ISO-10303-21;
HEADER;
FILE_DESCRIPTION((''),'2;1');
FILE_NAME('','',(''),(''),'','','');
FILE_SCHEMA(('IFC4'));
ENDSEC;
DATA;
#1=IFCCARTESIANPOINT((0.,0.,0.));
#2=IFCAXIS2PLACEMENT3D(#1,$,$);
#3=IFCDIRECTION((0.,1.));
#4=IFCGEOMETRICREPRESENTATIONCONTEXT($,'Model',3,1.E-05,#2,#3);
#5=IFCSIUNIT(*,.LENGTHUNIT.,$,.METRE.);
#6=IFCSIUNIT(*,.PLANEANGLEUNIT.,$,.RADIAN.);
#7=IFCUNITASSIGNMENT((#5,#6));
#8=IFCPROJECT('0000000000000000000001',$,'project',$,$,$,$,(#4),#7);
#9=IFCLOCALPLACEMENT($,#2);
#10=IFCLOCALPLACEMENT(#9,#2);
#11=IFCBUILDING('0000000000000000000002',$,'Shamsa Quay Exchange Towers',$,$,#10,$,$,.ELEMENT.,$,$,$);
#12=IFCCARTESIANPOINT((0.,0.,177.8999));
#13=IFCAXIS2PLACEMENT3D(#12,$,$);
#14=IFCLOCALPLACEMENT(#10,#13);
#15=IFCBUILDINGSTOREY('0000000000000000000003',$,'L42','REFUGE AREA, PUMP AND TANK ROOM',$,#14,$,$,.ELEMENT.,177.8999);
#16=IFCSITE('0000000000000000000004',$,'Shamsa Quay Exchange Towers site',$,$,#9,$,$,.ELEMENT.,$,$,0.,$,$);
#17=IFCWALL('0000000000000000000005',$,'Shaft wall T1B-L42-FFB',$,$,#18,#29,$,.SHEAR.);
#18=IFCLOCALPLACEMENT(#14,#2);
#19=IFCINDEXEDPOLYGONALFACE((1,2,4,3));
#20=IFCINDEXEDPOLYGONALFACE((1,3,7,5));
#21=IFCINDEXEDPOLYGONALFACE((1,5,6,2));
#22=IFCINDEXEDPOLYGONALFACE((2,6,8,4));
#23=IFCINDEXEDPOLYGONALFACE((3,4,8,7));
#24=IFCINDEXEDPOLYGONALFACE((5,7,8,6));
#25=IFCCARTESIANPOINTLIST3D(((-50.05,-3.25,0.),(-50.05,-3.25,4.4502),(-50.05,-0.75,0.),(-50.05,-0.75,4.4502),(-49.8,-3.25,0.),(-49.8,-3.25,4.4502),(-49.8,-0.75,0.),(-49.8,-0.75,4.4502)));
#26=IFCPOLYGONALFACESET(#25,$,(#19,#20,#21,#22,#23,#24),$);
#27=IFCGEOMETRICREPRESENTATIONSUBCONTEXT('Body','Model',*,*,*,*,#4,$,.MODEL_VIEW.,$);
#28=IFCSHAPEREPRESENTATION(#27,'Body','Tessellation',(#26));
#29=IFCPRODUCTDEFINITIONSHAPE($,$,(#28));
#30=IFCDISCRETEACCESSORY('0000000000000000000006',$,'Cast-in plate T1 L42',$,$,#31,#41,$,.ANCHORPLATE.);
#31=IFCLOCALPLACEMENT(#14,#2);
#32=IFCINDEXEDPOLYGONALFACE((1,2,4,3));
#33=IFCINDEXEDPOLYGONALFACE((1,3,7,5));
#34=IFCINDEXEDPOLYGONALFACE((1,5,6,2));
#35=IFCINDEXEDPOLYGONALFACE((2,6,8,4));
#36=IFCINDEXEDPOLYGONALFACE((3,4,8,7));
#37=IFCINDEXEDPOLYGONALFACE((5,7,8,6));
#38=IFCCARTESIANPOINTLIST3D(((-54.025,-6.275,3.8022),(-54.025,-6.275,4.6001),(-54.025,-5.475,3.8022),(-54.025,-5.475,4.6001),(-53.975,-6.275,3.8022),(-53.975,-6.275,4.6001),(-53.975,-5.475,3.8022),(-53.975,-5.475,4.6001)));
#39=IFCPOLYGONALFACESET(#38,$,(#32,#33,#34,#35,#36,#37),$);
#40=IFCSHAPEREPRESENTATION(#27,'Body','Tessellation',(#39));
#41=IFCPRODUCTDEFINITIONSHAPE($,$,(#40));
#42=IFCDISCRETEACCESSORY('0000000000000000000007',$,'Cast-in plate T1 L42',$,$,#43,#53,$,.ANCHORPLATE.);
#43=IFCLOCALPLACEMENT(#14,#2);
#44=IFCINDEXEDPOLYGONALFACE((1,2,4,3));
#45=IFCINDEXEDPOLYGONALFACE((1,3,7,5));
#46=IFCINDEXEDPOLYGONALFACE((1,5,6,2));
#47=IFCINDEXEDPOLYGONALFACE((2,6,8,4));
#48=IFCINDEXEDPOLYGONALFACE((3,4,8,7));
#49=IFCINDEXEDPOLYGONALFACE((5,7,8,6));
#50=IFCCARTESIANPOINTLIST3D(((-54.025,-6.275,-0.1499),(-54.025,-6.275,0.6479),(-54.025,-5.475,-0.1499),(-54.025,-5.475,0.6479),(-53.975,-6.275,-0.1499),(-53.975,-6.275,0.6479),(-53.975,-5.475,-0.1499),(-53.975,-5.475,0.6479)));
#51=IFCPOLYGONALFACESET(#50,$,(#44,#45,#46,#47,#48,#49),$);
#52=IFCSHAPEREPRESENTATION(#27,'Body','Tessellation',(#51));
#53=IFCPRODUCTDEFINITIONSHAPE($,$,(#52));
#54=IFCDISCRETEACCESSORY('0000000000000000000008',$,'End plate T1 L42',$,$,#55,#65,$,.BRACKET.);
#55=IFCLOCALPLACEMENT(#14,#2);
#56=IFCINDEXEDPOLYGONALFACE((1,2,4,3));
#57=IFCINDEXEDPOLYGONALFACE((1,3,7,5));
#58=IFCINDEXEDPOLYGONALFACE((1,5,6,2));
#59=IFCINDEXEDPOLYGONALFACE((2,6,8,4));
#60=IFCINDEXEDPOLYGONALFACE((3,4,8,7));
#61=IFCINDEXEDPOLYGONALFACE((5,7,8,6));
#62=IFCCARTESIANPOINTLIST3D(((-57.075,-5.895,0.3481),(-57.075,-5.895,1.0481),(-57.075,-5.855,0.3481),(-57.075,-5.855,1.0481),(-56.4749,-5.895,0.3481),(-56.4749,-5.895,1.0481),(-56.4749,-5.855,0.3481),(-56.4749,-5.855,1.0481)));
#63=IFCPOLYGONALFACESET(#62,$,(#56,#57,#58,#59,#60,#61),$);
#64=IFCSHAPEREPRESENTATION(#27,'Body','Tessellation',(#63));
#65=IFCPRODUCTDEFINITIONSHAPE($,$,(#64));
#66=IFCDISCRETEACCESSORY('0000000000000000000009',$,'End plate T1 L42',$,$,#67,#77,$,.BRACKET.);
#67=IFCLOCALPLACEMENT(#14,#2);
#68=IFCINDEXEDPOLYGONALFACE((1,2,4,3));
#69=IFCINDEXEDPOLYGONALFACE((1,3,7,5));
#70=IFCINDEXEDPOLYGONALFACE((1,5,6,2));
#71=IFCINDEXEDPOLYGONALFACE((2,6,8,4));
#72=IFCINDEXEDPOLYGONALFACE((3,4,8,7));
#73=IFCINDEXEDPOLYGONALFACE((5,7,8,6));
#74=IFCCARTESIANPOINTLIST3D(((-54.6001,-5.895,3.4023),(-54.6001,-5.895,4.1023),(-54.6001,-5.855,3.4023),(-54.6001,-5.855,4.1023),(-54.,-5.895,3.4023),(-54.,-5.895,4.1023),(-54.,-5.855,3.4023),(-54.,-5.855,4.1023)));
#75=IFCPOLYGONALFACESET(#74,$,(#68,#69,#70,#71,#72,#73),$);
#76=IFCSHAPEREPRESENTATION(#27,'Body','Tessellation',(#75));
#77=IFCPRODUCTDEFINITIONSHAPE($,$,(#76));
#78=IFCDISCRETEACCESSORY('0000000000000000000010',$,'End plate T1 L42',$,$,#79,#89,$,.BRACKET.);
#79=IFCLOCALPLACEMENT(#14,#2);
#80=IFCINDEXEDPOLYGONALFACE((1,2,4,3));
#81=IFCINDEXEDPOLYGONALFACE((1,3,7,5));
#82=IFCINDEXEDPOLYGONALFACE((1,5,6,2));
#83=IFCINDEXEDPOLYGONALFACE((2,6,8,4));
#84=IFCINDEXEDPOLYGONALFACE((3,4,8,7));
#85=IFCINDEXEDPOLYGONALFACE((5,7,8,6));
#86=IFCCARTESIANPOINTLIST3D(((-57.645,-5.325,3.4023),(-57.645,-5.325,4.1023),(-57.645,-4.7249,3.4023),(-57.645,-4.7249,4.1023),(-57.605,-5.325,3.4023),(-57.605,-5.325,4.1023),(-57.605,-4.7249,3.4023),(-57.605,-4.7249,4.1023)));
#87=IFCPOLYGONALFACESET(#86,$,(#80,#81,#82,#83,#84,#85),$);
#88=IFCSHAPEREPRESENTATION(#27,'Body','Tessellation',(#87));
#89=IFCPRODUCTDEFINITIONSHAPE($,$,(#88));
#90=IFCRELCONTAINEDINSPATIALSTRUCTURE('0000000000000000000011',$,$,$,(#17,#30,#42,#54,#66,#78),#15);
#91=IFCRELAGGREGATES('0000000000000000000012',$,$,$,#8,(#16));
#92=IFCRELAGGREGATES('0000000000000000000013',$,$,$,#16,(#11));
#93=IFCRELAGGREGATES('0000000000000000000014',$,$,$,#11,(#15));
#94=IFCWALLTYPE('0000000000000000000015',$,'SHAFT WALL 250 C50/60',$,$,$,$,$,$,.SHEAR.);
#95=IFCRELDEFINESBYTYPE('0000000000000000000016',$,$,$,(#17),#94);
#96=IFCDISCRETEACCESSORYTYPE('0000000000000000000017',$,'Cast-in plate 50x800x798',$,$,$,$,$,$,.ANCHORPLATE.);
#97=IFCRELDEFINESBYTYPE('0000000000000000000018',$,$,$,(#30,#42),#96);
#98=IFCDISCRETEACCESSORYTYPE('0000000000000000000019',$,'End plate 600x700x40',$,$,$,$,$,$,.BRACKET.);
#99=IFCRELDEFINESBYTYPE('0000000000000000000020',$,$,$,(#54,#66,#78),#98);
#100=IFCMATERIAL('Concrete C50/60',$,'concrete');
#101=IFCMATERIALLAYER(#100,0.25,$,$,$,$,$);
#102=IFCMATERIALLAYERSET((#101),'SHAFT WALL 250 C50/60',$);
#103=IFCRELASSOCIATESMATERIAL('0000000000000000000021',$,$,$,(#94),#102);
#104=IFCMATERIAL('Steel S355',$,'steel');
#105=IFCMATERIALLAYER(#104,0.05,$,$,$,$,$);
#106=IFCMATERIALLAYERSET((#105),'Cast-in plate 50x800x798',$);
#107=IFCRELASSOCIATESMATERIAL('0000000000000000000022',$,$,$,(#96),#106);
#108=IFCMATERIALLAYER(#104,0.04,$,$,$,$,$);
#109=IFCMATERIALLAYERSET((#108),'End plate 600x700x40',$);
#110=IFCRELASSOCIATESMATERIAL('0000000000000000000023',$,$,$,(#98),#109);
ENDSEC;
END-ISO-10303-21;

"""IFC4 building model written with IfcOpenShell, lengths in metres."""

from ifc_helpers import new_model, si_unit, direction, frame, frame_2d, origin, origin_2d, place, context, subcontext, project, spatial, rectangle, extrude, material, layer, layer_set, type_object, element, save


model = new_model("IFC4")

# Units and contexts
model_context = context("Model", 3, precision=1e-05, world=origin(), true_north=direction((0.0, 1.0)))
body_context = subcontext(model_context, "Body", "Model", "MODEL_VIEW")
ifc_project = project(units=[si_unit("LENGTHUNIT", "METRE"), si_unit("PLANEANGLEUNIT", "RADIAN")], contexts=[model_context])

# Site, building, storey
site_placement = place(None, origin())
site = spatial("IfcSite", under=ifc_project, at=site_placement, Name="Shamsa Quay Exchange Towers site", CompositionType="ELEMENT", RefElevation=0.0)
building_placement = place(site_placement, origin())
building = spatial("IfcBuilding", under=site, at=building_placement, Name="Shamsa Quay Exchange Towers", CompositionType="ELEMENT")
storey_placement = place(building_placement, frame((0.0, 0.0, 177.8999)))
storey = spatial("IfcBuildingStorey", under=building, at=storey_placement, Name="L42", Description="REFUGE AREA, PUMP AND TANK ROOM", CompositionType="ELEMENT", Elevation=177.8999)

# Shared definitions
ifc_material_1 = material(Name="Steel S355", Category="steel")

# Shared definitions
ifc_material_2 = material(Name="Concrete C50/60", Category="concrete")
ifc_layer_1 = layer(ifc_material_2, 0.25)
ifc_layer_set_1 = layer_set([ifc_layer_1], Name="SHAFT WALL 250 C50/60")
wall_type_1 = type_object("IfcWallType", Name="SHAFT WALL 250 C50/60", PredefinedType="SHEAR", material=ifc_layer_set_1)

# Wall
wall_1_placement = place(storey_placement, frame((-49.925, -3.25, 0.0), z_axis=(0.0, 0.0, 1.0), x_axis=(0.0, 1.0, 0.0)))
element("IfcWall", 1, at=wall_1_placement, inside=storey, type_object=wall_type_1, Name="Shaft wall T1B-L42-FFB", PredefinedType="SHEAR", context=body_context, shape_type="SweptSolid", body=[
    extrude(rectangle(XDim=2.5, YDim=0.25, at=frame_2d((1.25, 0.0))), origin(), (0.0, 0.0, 1.0), 4.4502),
])

# Discrete accessories
ifc_layer_2 = layer(ifc_material_1, 0.05)
ifc_layer_set_2 = layer_set([ifc_layer_2], Name="Cast-in plate 50x800x798")
discrete_accessory_type_1 = type_object("IfcDiscreteAccessoryType", Name="Cast-in plate 50x800x798", PredefinedType="ANCHORPLATE", material=ifc_layer_set_2)
for number, where, name in (
    (2, (-54.0, -5.875, 3.8022), "Cast-in plate T1 L42"),
    (3, (-54.0, -5.875, -0.1499), "Cast-in plate T1 L42"),
):
    element("IfcDiscreteAccessory", number, at=place(storey_placement, frame(where)), inside=storey, type_object=discrete_accessory_type_1, Name=name, PredefinedType="ANCHORPLATE", context=body_context, shape_type="SweptSolid", body=[
        extrude(rectangle(XDim=0.05, YDim=0.8, at=origin_2d()), origin(), (0.0, 0.0, 1.0), 0.7979),
    ])
ifc_layer_3 = layer(ifc_material_1, 0.04)
ifc_layer_set_3 = layer_set([ifc_layer_3], Name="End plate 600x700x40")
discrete_accessory_type_2 = type_object("IfcDiscreteAccessoryType", Name="End plate 600x700x40", PredefinedType="BRACKET", material=ifc_layer_set_3)
for number, where, name in (
    (4, (-56.7749, -5.875, 0.3481), "End plate T1 L42"),
    (5, (-54.3, -5.875, 3.4023), "End plate T1 L42"),
):
    element("IfcDiscreteAccessory", number, at=place(storey_placement, frame(where)), inside=storey, type_object=discrete_accessory_type_2, Name=name, PredefinedType="BRACKET", context=body_context, shape_type="SweptSolid", body=[
        extrude(rectangle(XDim=0.6001, YDim=0.04, at=origin_2d()), origin(), (0.0, 0.0, 1.0), 0.7),
    ])
discrete_accessory_placement = place(storey_placement, frame((-57.625, -5.0249, 3.4023), z_axis=(0.0, 0.0, 1.0), x_axis=(0.0, -1.0, 0.0)))
element("IfcDiscreteAccessory", 6, at=discrete_accessory_placement, inside=storey, type_object=discrete_accessory_type_2, Name="End plate T1 L42", PredefinedType="BRACKET", context=body_context, shape_type="SweptSolid", body=[
    extrude(rectangle(XDim=0.6001, YDim=0.04, at=origin_2d()), origin(), (0.0, 0.0, 1.0), 0.7),
])

save(model, "model.ifc")
